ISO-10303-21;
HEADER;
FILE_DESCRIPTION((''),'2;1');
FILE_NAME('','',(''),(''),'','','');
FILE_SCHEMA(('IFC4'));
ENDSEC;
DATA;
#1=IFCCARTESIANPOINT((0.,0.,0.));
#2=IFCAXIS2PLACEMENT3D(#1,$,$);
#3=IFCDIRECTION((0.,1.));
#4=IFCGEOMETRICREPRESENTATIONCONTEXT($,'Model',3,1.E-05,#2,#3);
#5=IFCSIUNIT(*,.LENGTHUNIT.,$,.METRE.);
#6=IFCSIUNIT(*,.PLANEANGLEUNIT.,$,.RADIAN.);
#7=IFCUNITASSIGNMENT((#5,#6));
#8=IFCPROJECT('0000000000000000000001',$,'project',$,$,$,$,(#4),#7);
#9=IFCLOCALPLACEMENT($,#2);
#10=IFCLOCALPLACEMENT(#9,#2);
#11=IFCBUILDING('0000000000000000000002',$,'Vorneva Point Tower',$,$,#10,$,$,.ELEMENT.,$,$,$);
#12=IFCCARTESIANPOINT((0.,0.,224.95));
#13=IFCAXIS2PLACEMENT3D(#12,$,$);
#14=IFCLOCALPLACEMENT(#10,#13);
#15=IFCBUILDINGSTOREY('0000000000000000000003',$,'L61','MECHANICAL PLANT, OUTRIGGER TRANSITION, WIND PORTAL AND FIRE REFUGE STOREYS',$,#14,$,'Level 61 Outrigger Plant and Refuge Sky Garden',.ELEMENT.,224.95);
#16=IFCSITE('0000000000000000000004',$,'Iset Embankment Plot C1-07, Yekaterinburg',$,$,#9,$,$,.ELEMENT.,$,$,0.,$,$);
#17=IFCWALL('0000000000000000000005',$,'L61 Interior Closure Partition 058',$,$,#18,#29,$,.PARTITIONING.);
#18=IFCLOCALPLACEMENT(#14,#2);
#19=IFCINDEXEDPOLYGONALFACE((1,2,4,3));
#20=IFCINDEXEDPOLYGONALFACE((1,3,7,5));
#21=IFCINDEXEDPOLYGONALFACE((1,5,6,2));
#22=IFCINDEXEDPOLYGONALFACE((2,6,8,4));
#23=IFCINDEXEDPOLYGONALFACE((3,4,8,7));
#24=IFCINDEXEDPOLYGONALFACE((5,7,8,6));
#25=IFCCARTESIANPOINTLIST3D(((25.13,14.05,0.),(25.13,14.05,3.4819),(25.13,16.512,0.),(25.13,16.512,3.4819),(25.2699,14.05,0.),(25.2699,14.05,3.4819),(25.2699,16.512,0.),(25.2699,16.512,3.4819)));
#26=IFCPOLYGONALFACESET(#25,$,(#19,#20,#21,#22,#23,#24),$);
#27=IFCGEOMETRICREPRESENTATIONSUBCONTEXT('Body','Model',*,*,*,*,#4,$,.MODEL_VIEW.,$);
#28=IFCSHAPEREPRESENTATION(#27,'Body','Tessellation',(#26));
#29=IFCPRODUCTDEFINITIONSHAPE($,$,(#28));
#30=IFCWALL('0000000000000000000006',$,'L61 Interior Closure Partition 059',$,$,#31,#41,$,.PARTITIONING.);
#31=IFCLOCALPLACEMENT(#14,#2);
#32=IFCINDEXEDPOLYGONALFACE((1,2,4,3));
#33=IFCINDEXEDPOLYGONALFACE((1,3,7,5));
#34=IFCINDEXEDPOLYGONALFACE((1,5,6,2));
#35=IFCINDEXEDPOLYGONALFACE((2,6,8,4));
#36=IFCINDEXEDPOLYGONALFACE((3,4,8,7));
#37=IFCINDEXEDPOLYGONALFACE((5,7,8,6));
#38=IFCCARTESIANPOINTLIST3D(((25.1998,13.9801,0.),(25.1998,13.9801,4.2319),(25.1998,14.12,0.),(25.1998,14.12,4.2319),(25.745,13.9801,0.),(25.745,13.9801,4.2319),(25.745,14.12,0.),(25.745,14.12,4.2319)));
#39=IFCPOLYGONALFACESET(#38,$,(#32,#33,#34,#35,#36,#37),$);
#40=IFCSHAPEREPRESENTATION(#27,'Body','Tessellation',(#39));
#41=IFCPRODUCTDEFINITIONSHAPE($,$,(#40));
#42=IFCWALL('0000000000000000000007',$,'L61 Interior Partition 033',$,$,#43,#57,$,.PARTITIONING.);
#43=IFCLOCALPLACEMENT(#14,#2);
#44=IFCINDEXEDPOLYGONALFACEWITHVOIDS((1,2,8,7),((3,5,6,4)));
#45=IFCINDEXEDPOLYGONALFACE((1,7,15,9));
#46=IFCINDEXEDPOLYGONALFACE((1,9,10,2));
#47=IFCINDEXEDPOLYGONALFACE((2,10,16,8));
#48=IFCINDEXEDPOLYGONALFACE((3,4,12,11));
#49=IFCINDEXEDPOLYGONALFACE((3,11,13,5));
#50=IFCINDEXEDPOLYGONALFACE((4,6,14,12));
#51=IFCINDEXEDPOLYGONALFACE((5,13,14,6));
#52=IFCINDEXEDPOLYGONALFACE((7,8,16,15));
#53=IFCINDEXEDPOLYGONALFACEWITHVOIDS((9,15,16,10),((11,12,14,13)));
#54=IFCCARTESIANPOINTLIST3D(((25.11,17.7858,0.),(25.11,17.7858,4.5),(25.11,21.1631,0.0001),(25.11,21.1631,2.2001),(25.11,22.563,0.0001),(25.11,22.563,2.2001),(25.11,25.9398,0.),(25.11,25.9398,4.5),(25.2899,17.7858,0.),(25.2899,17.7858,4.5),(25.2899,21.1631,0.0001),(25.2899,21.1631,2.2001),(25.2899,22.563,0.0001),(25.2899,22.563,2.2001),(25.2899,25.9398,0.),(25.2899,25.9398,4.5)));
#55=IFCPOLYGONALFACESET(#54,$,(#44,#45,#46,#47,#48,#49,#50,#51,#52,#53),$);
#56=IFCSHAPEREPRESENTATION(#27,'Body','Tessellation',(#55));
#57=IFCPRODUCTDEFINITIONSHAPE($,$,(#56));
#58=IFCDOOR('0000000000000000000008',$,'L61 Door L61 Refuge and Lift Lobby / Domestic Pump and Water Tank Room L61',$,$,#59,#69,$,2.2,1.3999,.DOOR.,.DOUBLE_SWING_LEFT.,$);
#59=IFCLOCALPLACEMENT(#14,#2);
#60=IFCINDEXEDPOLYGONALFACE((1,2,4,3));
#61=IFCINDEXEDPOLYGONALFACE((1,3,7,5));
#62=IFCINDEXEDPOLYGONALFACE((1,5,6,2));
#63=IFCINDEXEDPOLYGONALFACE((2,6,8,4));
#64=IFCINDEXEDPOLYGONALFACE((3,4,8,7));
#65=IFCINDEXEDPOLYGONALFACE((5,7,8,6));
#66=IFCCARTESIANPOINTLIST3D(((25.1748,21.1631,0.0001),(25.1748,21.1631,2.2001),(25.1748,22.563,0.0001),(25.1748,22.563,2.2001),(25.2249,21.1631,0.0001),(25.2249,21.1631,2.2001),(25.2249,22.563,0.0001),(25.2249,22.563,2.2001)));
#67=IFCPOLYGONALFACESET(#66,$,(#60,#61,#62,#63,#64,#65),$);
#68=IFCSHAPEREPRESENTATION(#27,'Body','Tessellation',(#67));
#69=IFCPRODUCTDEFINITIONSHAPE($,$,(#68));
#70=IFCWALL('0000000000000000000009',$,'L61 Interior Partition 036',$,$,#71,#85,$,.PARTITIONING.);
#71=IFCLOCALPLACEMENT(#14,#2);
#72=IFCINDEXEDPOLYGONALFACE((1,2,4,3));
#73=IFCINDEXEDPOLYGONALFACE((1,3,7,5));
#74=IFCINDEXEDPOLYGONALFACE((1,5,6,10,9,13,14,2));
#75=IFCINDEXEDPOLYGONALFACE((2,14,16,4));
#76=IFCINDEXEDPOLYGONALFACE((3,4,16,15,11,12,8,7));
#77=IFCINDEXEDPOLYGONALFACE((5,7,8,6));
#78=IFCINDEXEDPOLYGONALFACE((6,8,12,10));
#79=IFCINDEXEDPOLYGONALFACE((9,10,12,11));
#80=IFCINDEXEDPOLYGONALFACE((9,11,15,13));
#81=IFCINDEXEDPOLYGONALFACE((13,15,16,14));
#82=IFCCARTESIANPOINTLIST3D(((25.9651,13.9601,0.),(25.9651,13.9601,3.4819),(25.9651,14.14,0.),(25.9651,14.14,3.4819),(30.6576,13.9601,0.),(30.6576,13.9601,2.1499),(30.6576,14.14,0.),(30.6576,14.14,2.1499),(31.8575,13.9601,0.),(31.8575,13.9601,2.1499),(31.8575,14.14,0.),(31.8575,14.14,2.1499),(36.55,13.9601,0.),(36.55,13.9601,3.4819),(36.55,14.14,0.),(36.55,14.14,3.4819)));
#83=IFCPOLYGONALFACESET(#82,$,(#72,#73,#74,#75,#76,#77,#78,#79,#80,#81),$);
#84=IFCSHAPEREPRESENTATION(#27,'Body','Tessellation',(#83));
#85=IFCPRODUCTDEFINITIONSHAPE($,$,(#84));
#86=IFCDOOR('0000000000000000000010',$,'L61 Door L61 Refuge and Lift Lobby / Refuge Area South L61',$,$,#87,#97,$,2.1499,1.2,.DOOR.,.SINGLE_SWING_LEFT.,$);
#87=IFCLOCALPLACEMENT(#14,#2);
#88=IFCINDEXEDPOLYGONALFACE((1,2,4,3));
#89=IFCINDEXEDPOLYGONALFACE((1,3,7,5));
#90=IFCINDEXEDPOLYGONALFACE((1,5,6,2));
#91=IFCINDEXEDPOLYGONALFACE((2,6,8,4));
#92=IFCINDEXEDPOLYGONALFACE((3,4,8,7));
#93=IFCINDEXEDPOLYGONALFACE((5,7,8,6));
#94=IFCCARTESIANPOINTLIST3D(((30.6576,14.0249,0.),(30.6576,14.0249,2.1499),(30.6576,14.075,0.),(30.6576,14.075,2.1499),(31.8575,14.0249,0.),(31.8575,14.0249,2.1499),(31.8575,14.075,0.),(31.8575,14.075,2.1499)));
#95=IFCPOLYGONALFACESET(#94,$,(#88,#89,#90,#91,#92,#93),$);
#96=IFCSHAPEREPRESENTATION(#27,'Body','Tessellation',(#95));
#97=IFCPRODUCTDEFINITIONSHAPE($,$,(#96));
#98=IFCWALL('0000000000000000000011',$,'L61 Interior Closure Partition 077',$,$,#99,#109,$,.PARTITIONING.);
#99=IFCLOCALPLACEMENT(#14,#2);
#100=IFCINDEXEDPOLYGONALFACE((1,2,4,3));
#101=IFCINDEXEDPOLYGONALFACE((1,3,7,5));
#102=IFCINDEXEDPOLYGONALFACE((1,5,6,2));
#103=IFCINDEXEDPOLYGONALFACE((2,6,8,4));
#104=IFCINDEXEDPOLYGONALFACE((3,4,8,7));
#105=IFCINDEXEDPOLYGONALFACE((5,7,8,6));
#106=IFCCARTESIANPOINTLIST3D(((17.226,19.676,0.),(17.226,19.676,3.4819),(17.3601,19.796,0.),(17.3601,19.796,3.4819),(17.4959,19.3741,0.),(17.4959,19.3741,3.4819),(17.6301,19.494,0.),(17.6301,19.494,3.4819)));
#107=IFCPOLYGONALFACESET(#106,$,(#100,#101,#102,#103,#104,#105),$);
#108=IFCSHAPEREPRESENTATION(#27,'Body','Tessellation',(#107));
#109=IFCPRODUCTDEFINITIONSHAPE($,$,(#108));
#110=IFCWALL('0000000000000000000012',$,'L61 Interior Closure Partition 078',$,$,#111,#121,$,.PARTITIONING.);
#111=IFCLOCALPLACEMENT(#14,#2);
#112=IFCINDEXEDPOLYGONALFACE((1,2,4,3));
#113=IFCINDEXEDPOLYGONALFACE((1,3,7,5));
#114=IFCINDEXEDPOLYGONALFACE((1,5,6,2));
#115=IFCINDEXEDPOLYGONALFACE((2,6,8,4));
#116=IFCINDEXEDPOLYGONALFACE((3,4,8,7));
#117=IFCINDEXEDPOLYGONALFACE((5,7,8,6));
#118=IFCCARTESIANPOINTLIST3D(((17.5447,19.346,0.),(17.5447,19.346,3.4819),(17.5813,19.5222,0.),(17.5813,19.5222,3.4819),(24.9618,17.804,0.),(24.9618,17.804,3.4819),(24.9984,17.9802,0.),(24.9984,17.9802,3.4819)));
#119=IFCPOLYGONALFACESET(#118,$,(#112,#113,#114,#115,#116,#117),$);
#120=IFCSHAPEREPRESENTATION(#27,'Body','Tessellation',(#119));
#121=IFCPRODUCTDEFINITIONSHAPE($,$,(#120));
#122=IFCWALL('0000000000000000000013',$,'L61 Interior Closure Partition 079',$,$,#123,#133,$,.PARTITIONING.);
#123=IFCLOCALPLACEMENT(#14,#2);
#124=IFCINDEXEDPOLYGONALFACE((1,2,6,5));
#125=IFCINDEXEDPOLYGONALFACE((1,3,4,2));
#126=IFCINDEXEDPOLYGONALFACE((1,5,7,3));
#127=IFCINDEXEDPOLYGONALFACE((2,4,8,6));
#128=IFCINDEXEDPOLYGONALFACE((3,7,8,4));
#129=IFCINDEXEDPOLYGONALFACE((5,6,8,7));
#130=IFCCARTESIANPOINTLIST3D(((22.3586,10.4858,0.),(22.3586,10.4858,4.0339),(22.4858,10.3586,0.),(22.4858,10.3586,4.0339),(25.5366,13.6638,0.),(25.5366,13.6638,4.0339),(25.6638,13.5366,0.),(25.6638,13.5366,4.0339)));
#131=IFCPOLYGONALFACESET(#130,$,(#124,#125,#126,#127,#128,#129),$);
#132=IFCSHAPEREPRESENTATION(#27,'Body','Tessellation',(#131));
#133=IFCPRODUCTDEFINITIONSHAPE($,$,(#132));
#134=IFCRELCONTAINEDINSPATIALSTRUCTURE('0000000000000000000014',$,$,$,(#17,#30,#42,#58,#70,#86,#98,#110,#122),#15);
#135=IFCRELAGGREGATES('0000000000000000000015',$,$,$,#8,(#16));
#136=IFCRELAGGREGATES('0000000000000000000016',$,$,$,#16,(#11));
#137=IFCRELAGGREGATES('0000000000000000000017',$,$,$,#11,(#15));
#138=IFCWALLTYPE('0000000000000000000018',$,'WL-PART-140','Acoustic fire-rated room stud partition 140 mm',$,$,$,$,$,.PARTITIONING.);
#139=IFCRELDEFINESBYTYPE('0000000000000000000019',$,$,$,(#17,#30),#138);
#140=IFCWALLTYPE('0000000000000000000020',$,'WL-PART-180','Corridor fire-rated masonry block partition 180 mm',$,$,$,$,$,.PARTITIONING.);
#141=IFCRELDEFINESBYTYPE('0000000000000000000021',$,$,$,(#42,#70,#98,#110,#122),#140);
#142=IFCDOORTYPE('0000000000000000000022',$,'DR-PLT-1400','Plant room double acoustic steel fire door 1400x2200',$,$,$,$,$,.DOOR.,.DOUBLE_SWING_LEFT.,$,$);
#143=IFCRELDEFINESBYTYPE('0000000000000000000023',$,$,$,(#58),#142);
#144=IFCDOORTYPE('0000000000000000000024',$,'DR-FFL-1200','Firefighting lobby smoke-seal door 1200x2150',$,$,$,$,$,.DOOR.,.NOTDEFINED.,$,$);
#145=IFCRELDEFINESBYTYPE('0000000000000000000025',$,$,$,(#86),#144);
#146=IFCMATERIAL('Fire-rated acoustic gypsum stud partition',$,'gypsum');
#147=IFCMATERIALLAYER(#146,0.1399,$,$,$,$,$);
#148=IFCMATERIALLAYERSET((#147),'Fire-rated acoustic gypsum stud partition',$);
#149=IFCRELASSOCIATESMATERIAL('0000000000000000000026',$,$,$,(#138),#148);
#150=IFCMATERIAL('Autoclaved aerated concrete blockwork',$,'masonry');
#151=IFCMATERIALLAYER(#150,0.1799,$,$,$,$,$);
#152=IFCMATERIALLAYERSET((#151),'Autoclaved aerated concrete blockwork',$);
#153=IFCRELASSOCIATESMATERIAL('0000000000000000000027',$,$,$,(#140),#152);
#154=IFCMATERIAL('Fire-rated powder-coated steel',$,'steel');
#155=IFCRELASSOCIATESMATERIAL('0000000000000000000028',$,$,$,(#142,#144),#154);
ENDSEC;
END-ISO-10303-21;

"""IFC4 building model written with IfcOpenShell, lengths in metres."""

from ifc_helpers import new_model, si_unit, direction, frame, frame_2d, origin, place, context, subcontext, project, spatial, rectangle, extrude, material, layer, layer_set, type_object, element, fill, save


model = new_model("IFC4")

# Units and contexts
model_context = context("Model", 3, precision=1e-05, world=origin(), true_north=direction((0.0, 1.0)))
body_context = subcontext(model_context, "Body", "Model", "MODEL_VIEW")
ifc_project = project(units=[si_unit("LENGTHUNIT", "METRE"), si_unit("PLANEANGLEUNIT", "RADIAN")], contexts=[model_context])

# Site, building, storey
site_placement = place(None, origin())
site = spatial("IfcSite", under=ifc_project, at=site_placement, Name="Iset Embankment Plot C1-07, Yekaterinburg", CompositionType="ELEMENT", RefElevation=0.0)
building_placement = place(site_placement, origin())
building = spatial("IfcBuilding", under=site, at=building_placement, Name="Vorneva Point Tower", CompositionType="ELEMENT")
storey_placement = place(building_placement, frame((0.0, 0.0, 224.95)))
storey = spatial("IfcBuildingStorey", under=building, at=storey_placement, Name="L61", Description="MECHANICAL PLANT, OUTRIGGER TRANSITION, WIND PORTAL AND FIRE REFUGE STOREYS", LongName="Level 61 Outrigger Plant and Refuge Sky Garden", CompositionType="ELEMENT", Elevation=224.95)

# Walls
ifc_material_1 = material(Name="Fire-rated acoustic gypsum stud partition", Category="gypsum")
ifc_layer_1 = layer(ifc_material_1, 0.1399)
ifc_layer_set_1 = layer_set([ifc_layer_1], Name="Fire-rated acoustic gypsum stud partition")
wall_type_1 = type_object("IfcWallType", Name="WL-PART-140", Description="Acoustic fire-rated room stud partition 140 mm", PredefinedType="PARTITIONING", material=ifc_layer_set_1)
wall_1_placement = place(storey_placement, frame((25.2, 16.512, 0.0), z_axis=(0.0, 0.0, 1.0), x_axis=(0.0, -1.0, 0.0)))
element("IfcWall", 1, at=wall_1_placement, inside=storey, type_object=wall_type_1, Name="L61 Interior Closure Partition 058", PredefinedType="PARTITIONING", context=body_context, shape_type="SweptSolid", body=[
    extrude(rectangle(XDim=2.4619, YDim=0.1399, at=frame_2d((1.231, 0.0))), origin(), (0.0, 0.0, 1.0), 3.4819),
])
wall_2_placement = place(storey_placement, frame((25.2, 14.05, 0.0), z_axis=(0.0, 0.0, 1.0), x_axis=(1.0, 0.0, 0.0)))
element("IfcWall", 2, at=wall_2_placement, inside=storey, type_object=wall_type_1, Name="L61 Interior Closure Partition 059", PredefinedType="PARTITIONING", context=body_context, shape_type="SweptSolid", body=[
    extrude(rectangle(XDim=0.5452, YDim=0.1399, at=frame_2d((0.2725, 0.0))), origin(), (0.0, 0.0, 1.0), 4.2319),
])

# Walls, openings, doors
ifc_material_2 = material(Name="Autoclaved aerated concrete blockwork", Category="masonry")
ifc_layer_2 = layer(ifc_material_2, 0.1799)
ifc_layer_set_2 = layer_set([ifc_layer_2], Name="Autoclaved aerated concrete blockwork")
wall_type_2 = type_object("IfcWallType", Name="WL-PART-180", Description="Corridor fire-rated masonry block partition 180 mm", PredefinedType="PARTITIONING", material=ifc_layer_set_2)
wall_3_placement = place(storey_placement, frame((25.2, 25.9399, 0.0), z_axis=(0.0, 0.0, 1.0), x_axis=(0.0, -1.0, 0.0)))
wall_3 = element("IfcWall", 3, at=wall_3_placement, inside=storey, type_object=wall_type_2, Name="L61 Interior Partition 033", PredefinedType="PARTITIONING", context=body_context, shape_type="SweptSolid", body=[
    extrude(rectangle(XDim=8.1541, YDim=0.1799, at=frame_2d((4.0771, 0.0))), origin(), (0.0, 0.0, 1.0), 4.5),
])
opening_1_placement = place(wall_3_placement, frame((3.377, 0.0, 0.0)))
opening_1 = element("IfcOpeningElement", 4, at=opening_1_placement, cuts=wall_3, PredefinedType="OPENING", context=body_context, shape_type="SweptSolid", body=[
    extrude(rectangle(XDim=1.3999, YDim=2.2, at=frame_2d((0.7, 1.1001))), frame((0.0, 0.105, 0.0), z_axis=(0.0, -1.0, 0.0), x_axis=(1.0, 0.0, 0.0)), (0.0, 0.0, 1.0), 0.2097),
])
ifc_material_3 = material(Name="Fire-rated powder-coated steel", Category="steel")
door_type_1 = type_object("IfcDoorType", Name="DR-PLT-1400", Description="Plant room double acoustic steel fire door 1400x2200", OperationType="DOUBLE_SWING_LEFT", PredefinedType="DOOR", material=ifc_material_3)
door_1_placement = place(opening_1_placement, origin())
door_1 = element("IfcDoor", 5, at=door_1_placement, inside=storey, type_object=door_type_1, Name="L61 Door L61 Refuge and Lift Lobby / Domestic Pump and Water Tank Room L61", OperationType="DOUBLE_SWING_LEFT", OverallHeight=2.2, OverallWidth=1.3999, PredefinedType="DOOR", context=body_context, shape_type="SweptSolid", body=[
    extrude(rectangle(XDim=1.3999, YDim=2.2, at=frame_2d((0.7, 1.1001))), frame((0.0, 0.0249, 0.0), z_axis=(0.0, -1.0, 0.0), x_axis=(1.0, 0.0, 0.0)), (0.0, 0.0, 1.0), 0.05),
])
fill(opening_1, door_1)
wall_4_placement = place(storey_placement, frame((25.9651, 14.05, 0.0), z_axis=(0.0, 0.0, 1.0), x_axis=(1.0, 0.0, 0.0)))
wall_4 = element("IfcWall", 6, at=wall_4_placement, inside=storey, type_object=wall_type_2, Name="L61 Interior Partition 036", PredefinedType="PARTITIONING", context=body_context, shape_type="SweptSolid", body=[
    extrude(rectangle(XDim=10.585, YDim=0.1799, at=frame_2d((5.2925, 0.0))), origin(), (0.0, 0.0, 1.0), 3.4819),
])
opening_2_placement = place(wall_4_placement, frame((4.6924, 0.0, 0.0)))
opening_2 = element("IfcOpeningElement", 7, at=opening_2_placement, cuts=wall_4, PredefinedType="OPENING", context=body_context, shape_type="SweptSolid", body=[
    extrude(rectangle(XDim=1.2, YDim=2.1499, at=frame_2d((0.6001, 1.075))), frame((0.0, 0.105, 0.0), z_axis=(0.0, -1.0, 0.0), x_axis=(1.0, 0.0, 0.0)), (0.0, 0.0, 1.0), 0.2097),
])
door_type_2 = type_object("IfcDoorType", Name="DR-FFL-1200", Description="Firefighting lobby smoke-seal door 1200x2150", OperationType="NOTDEFINED", PredefinedType="DOOR", material=ifc_material_3)
door_2_placement = place(opening_2_placement, origin())
door_2 = element("IfcDoor", 8, at=door_2_placement, inside=storey, type_object=door_type_2, Name="L61 Door L61 Refuge and Lift Lobby / Refuge Area South L61", OperationType="SINGLE_SWING_LEFT", OverallHeight=2.1499, OverallWidth=1.2, PredefinedType="DOOR", context=body_context, shape_type="SweptSolid", body=[
    extrude(rectangle(XDim=1.2, YDim=2.1499, at=frame_2d((0.6001, 1.075))), frame((0.0, 0.0249, 0.0), z_axis=(0.0, -1.0, 0.0), x_axis=(1.0, 0.0, 0.0)), (0.0, 0.0, 1.0), 0.05),
])
fill(opening_2, door_2)

# Walls
wall_5_placement = place(storey_placement, frame((17.293, 19.7361, 0.0), z_axis=(0.0, 0.0, 1.0), x_axis=(0.666531, -0.745478, 0.0)))
element("IfcWall", 9, at=wall_5_placement, inside=storey, type_object=wall_type_2, Name="L61 Interior Closure Partition 077", PredefinedType="PARTITIONING", context=body_context, shape_type="SweptSolid", body=[
    extrude(rectangle(XDim=0.405, YDim=0.1799, at=frame_2d((0.2026, 0.0))), origin(), (0.0, 0.0, 1.0), 3.4819),
])
wall_6_placement = place(storey_placement, frame((17.563, 19.4341, 0.0), z_axis=(0.0, 0.0, 1.0), x_axis=(0.979065, -0.203548, 0.0)))
element("IfcWall", 10, at=wall_6_placement, inside=storey, type_object=wall_type_2, Name="L61 Interior Closure Partition 078", PredefinedType="PARTITIONING", context=body_context, shape_type="SweptSolid", body=[
    extrude(rectangle(XDim=7.5757, YDim=0.1799, at=frame_2d((3.7878, 0.0))), origin(), (0.0, 0.0, 1.0), 3.4819),
])
wall_7_placement = place(storey_placement, frame((25.6001, 13.6001, 0.0), z_axis=(0.0, 0.0, 1.0), x_axis=(-0.707107, -0.707107, 0.0)))
element("IfcWall", 11, at=wall_7_placement, inside=storey, type_object=wall_type_2, Name="L61 Interior Closure Partition 079", PredefinedType="PARTITIONING", context=body_context, shape_type="SweptSolid", body=[
    extrude(rectangle(XDim=4.4944, YDim=0.1799, at=frame_2d((2.2471, 0.0))), origin(), (0.0, 0.0, 1.0), 4.0339),
])

save(model, "model.ifc")
